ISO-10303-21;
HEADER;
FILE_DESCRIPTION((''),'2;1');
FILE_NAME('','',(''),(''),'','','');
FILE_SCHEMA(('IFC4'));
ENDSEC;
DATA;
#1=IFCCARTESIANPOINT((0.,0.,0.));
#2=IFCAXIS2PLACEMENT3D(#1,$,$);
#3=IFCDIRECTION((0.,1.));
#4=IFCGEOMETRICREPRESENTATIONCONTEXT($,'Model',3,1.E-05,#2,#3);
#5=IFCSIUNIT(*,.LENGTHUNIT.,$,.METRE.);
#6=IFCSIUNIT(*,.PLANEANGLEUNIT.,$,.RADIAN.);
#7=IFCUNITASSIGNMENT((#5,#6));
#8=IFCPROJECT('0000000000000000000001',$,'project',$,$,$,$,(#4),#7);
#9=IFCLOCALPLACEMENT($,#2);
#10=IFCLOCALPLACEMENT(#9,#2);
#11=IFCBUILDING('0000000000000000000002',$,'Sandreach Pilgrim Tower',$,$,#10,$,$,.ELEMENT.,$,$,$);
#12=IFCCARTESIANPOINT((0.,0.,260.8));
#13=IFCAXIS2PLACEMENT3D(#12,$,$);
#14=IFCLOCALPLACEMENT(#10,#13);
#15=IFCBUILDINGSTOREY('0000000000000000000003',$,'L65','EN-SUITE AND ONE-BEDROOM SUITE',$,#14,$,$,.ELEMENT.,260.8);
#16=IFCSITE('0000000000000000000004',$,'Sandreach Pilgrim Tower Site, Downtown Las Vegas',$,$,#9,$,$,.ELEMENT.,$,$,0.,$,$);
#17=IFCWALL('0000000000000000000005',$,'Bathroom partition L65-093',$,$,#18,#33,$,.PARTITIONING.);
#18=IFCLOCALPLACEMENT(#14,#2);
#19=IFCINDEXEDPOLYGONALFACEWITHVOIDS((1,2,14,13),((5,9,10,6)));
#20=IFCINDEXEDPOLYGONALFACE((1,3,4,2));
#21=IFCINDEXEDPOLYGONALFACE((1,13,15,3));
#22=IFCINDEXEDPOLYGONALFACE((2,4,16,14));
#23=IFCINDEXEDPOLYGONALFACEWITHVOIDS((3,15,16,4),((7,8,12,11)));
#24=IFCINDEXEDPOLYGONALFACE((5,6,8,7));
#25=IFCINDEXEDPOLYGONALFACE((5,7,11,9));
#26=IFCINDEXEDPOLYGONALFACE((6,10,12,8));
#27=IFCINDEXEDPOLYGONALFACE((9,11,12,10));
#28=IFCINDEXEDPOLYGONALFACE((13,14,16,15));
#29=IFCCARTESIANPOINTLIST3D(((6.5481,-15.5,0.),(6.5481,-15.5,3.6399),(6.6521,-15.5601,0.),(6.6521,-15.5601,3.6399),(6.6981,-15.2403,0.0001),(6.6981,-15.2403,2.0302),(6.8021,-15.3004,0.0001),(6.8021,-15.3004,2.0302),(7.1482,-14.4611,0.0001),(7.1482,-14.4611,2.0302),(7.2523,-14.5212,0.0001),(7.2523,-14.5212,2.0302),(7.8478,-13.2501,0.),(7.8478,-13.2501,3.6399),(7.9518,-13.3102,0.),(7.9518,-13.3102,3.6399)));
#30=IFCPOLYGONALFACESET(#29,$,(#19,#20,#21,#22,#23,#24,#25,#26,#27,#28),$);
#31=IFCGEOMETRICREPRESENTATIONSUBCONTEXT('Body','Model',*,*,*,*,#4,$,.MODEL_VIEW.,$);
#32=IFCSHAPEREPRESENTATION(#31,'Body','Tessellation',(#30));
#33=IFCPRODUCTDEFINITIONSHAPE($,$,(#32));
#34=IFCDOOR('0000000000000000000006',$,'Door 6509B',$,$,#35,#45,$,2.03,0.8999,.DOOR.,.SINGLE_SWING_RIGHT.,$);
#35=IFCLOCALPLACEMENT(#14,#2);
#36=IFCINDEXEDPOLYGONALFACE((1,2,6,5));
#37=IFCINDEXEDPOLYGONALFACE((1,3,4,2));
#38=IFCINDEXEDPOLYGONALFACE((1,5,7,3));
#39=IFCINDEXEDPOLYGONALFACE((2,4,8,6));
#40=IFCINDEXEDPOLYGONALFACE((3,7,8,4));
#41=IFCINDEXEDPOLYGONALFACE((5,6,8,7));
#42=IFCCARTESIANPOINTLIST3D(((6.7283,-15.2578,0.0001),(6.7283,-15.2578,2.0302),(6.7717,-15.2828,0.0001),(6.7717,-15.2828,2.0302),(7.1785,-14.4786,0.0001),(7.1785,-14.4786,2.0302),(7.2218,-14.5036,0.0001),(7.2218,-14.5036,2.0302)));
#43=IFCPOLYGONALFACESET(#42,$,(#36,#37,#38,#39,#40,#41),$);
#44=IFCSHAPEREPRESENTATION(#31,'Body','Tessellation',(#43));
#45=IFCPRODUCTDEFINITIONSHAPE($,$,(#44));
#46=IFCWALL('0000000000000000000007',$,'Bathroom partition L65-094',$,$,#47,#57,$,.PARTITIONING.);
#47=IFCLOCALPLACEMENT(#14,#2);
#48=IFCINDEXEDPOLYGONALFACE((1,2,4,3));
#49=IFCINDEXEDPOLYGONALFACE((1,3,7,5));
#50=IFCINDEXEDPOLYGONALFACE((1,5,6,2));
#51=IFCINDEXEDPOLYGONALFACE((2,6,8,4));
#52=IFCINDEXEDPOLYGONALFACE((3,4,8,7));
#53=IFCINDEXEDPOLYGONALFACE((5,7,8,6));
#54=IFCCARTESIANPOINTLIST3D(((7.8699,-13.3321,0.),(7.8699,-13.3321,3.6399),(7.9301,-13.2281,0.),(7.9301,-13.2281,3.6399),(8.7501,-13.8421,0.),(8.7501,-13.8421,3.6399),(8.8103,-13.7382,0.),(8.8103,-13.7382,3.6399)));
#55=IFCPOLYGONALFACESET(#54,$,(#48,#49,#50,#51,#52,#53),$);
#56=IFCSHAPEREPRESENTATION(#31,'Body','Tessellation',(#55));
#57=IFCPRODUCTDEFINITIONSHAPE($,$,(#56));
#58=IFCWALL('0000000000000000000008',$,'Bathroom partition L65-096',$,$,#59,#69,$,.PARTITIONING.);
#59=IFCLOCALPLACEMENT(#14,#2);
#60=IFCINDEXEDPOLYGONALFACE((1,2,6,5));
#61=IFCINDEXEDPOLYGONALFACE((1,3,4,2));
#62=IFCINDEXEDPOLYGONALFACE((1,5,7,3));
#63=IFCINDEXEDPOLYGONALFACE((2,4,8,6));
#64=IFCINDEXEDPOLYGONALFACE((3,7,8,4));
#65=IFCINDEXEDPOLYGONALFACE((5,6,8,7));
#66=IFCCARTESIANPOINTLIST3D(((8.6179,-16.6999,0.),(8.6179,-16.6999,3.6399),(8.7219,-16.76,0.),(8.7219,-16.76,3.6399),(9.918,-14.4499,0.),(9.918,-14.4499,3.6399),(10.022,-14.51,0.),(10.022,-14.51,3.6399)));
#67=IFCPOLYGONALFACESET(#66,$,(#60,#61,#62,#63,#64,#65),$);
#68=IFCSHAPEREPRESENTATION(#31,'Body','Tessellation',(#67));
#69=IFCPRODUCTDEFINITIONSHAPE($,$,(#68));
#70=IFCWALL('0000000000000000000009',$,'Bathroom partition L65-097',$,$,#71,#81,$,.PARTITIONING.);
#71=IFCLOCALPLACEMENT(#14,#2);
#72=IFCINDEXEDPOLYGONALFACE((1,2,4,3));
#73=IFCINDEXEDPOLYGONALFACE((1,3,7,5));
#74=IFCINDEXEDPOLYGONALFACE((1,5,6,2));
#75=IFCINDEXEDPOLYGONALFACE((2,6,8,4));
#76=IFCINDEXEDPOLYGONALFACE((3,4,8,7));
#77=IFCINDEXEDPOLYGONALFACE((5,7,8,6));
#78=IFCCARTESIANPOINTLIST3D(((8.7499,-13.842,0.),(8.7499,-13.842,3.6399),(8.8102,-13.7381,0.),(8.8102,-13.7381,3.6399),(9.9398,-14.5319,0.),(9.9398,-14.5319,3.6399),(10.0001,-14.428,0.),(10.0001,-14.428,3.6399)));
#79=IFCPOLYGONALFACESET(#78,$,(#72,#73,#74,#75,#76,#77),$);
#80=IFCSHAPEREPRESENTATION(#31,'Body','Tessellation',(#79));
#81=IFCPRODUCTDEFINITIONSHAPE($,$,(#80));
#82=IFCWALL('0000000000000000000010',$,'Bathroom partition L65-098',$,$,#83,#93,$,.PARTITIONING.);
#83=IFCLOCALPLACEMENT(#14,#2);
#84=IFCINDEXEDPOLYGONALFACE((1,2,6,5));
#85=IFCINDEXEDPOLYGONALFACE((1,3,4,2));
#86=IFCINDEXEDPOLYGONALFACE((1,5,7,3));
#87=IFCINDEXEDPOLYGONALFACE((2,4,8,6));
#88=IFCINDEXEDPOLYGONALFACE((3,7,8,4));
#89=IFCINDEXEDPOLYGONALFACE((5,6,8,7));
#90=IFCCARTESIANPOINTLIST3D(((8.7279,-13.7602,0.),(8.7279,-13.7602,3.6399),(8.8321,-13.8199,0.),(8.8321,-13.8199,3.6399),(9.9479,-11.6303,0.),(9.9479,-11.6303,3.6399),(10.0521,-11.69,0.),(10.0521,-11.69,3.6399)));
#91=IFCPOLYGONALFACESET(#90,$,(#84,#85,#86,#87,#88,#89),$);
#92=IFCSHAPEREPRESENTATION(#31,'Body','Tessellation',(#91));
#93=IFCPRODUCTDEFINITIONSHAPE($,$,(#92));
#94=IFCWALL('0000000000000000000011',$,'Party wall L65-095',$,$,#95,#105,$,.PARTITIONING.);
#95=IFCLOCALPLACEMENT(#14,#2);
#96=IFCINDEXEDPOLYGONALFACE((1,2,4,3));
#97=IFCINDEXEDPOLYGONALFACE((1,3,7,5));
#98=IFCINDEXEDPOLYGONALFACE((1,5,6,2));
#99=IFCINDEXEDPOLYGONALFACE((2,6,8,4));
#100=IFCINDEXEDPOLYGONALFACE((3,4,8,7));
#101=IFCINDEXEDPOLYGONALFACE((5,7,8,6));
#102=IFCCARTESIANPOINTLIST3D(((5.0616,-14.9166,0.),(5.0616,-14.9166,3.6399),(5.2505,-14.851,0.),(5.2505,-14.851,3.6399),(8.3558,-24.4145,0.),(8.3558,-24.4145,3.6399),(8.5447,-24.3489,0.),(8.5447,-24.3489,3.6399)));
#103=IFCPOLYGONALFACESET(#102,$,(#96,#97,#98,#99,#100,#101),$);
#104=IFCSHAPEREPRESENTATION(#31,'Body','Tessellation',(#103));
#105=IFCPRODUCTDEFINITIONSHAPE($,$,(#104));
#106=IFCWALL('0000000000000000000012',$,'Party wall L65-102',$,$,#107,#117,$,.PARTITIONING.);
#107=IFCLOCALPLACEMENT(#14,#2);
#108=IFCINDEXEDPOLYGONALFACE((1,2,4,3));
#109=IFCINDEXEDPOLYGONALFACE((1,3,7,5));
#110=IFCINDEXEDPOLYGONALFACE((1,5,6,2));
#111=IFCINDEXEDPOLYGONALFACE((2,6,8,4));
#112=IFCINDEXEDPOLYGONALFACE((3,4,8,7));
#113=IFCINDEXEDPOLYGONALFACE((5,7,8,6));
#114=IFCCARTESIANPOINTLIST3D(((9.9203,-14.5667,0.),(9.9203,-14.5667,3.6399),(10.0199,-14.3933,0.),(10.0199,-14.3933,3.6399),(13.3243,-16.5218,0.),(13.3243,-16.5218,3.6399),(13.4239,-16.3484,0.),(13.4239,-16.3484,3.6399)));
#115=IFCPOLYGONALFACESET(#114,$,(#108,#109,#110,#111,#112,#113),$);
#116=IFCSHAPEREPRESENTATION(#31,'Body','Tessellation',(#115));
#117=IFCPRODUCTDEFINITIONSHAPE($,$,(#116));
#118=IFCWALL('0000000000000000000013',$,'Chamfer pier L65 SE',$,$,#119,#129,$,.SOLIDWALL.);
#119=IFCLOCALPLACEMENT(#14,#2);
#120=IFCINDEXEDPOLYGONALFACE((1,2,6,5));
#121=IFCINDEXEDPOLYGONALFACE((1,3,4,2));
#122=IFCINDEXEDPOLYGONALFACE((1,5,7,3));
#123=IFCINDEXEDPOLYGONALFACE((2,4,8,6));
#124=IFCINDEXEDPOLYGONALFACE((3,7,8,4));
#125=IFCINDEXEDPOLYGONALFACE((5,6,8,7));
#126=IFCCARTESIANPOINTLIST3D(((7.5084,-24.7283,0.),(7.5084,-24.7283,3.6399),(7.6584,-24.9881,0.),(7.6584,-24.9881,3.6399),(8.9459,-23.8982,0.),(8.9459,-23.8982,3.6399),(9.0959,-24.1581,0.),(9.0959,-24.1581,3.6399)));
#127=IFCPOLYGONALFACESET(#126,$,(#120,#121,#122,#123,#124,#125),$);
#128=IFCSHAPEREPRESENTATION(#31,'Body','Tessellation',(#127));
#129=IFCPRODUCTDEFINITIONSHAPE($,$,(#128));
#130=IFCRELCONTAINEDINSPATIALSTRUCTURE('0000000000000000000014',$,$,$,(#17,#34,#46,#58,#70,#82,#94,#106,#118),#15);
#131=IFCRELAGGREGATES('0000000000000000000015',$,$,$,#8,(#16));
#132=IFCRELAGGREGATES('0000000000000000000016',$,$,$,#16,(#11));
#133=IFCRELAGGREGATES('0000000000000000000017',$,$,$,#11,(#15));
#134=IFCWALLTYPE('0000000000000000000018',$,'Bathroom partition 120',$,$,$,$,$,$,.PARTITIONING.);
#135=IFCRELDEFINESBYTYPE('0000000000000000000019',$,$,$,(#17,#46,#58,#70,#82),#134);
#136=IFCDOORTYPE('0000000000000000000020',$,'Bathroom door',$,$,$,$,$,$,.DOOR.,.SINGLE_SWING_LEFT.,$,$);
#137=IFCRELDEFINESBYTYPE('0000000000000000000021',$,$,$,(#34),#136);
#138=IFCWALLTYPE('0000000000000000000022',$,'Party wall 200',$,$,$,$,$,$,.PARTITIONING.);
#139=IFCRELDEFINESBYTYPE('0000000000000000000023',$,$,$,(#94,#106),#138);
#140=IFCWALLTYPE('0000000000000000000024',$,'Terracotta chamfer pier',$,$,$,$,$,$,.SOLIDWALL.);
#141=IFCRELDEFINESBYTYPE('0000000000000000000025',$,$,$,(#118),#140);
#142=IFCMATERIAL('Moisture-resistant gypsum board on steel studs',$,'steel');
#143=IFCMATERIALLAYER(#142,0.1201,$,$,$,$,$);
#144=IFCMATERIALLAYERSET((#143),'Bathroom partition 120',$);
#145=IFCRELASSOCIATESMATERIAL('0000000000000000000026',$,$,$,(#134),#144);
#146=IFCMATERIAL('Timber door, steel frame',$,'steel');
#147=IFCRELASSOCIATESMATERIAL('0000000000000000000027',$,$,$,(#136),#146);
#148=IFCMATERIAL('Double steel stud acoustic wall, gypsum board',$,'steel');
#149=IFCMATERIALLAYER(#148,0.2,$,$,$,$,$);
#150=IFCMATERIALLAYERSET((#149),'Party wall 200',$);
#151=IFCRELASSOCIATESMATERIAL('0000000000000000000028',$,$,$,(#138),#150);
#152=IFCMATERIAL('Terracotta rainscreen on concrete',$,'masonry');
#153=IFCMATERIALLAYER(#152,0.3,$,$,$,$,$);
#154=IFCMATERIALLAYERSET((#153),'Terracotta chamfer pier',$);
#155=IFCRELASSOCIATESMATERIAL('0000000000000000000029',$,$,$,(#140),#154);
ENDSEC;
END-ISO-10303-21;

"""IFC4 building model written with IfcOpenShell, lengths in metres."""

from ifc_helpers import new_model, si_unit, direction, frame, frame_2d, origin, place, context, subcontext, project, spatial, rectangle, extrude, material, layer, layer_set, type_object, element, fill, save


model = new_model("IFC4")

# Units and contexts
model_context = context("Model", 3, precision=1e-05, world=origin(), true_north=direction((0.0, 1.0)))
body_context = subcontext(model_context, "Body", "Model", "MODEL_VIEW")
ifc_project = project(units=[si_unit("LENGTHUNIT", "METRE"), si_unit("PLANEANGLEUNIT", "RADIAN")], contexts=[model_context])

# Site, building, storey
site_placement = place(None, origin())
site = spatial("IfcSite", under=ifc_project, at=site_placement, Name="Sandreach Pilgrim Tower Site, Downtown Las Vegas", CompositionType="ELEMENT", RefElevation=0.0)
building_placement = place(site_placement, origin())
building = spatial("IfcBuilding", under=site, at=building_placement, Name="Sandreach Pilgrim Tower", CompositionType="ELEMENT")
storey_placement = place(building_placement, frame((0.0, 0.0, 260.8)))
storey = spatial("IfcBuildingStorey", under=building, at=storey_placement, Name="L65", Description="EN-SUITE AND ONE-BEDROOM SUITE", CompositionType="ELEMENT", Elevation=260.8)

# Wall, opening, door
ifc_material_1 = material(Name="Moisture-resistant gypsum board on steel studs", Category="steel")
ifc_layer_1 = layer(ifc_material_1, 0.1201)
ifc_layer_set_1 = layer_set([ifc_layer_1], Name="Bathroom partition 120")
wall_type_1 = type_object("IfcWallType", Name="Bathroom partition 120", PredefinedType="PARTITIONING", material=ifc_layer_set_1)
wall_1_placement = place(storey_placement, frame((7.8999, -13.28, 0.0), z_axis=(0.0, 0.0, 1.0), x_axis=(-0.500221, -0.865898, 0.0)))
wall_1 = element("IfcWall", 1, at=wall_1_placement, inside=storey, type_object=wall_type_1, Name="Bathroom partition L65-093", PredefinedType="PARTITIONING", context=body_context, shape_type="SweptSolid", body=[
    extrude(rectangle(XDim=2.5984, YDim=0.1201, at=frame_2d((1.2993, 0.0))), origin(), (0.0, 0.0, 1.0), 3.6399),
])
opening_placement = place(wall_1_placement, frame((1.3987, 0.0, 0.0)))
opening = element("IfcOpeningElement", 2, at=opening_placement, cuts=wall_1, PredefinedType="OPENING", context=body_context, shape_type="SweptSolid", body=[
    extrude(rectangle(XDim=0.8999, YDim=2.03, at=frame_2d((0.45, 1.0151))), frame((0.0, 0.0601, 0.0), z_axis=(0.0, -1.0, 0.0), x_axis=(1.0, 0.0, 0.0)), (0.0, 0.0, 1.0), 0.1201),
])
ifc_material_2 = material(Name="Timber door, steel frame", Category="steel")
door_type = type_object("IfcDoorType", Name="Bathroom door", OperationType="SINGLE_SWING_LEFT", PredefinedType="DOOR", material=ifc_material_2)
door_placement = place(opening_placement, origin())
door = element("IfcDoor", 3, at=door_placement, inside=storey, type_object=door_type, Name="Door 6509B", OperationType="SINGLE_SWING_RIGHT", OverallHeight=2.03, OverallWidth=0.8999, PredefinedType="DOOR", context=body_context, shape_type="SweptSolid", body=[
    extrude(rectangle(XDim=0.8999, YDim=2.03, at=frame_2d((0.45, 1.0151))), frame((0.0, 0.0249, 0.0), z_axis=(0.0, -1.0, 0.0), x_axis=(1.0, 0.0, 0.0)), (0.0, 0.0, 1.0), 0.05),
])
fill(opening, door)

# Walls
wall_2_placement = place(storey_placement, frame((7.8999, -13.28, 0.0), z_axis=(0.0, 0.0, 1.0), x_axis=(0.865229, -0.501377, 0.0)))
element("IfcWall", 4, at=wall_2_placement, inside=storey, type_object=wall_type_1, Name="Bathroom partition L65-094", PredefinedType="PARTITIONING", context=body_context, shape_type="SweptSolid", body=[
    extrude(rectangle(XDim=1.0173, YDim=0.1201, at=frame_2d((0.5088, 0.0))), origin(), (0.0, 0.0, 1.0), 3.6399),
])
wall_3_placement = place(storey_placement, frame((8.6699, -16.73, 0.0), z_axis=(0.0, 0.0, 1.0), x_axis=(0.500292, 0.865857, 0.0)))
element("IfcWall", 5, at=wall_3_placement, inside=storey, type_object=wall_type_1, Name="Bathroom partition L65-096", PredefinedType="PARTITIONING", context=body_context, shape_type="SweptSolid", body=[
    extrude(rectangle(XDim=2.5986, YDim=0.1201, at=frame_2d((1.2993, 0.0))), origin(), (0.0, 0.0, 1.0), 3.6399),
])
wall_4_placement = place(storey_placement, frame((8.78, -13.79, 0.0), z_axis=(0.0, 0.0, 1.0), x_axis=(0.865102, -0.501596, 0.0)))
element("IfcWall", 6, at=wall_4_placement, inside=storey, type_object=wall_type_1, Name="Bathroom partition L65-097", PredefinedType="PARTITIONING", context=body_context, shape_type="SweptSolid", body=[
    extrude(rectangle(XDim=1.3755, YDim=0.1201, at=frame_2d((0.6877, 0.0))), origin(), (0.0, 0.0, 1.0), 3.6399),
])
wall_5_placement = place(storey_placement, frame((8.78, -13.79, 0.0), z_axis=(0.0, 0.0, 1.0), x_axis=(0.497028, 0.867735, 0.0)))
element("IfcWall", 7, at=wall_5_placement, inside=storey, type_object=wall_type_1, Name="Bathroom partition L65-098", PredefinedType="PARTITIONING", context=body_context, shape_type="SweptSolid", body=[
    extrude(rectangle(XDim=2.4546, YDim=0.1201, at=frame_2d((1.2273, 0.0))), origin(), (0.0, 0.0, 1.0), 3.6399),
])
ifc_material_3 = material(Name="Double steel stud acoustic wall, gypsum board", Category="steel")
ifc_layer_2 = layer(ifc_material_3, 0.2)
ifc_layer_set_2 = layer_set([ifc_layer_2], Name="Party wall 200")
wall_type_2 = type_object("IfcWallType", Name="Party wall 200", PredefinedType="PARTITIONING", material=ifc_layer_set_2)
wall_6_placement = place(storey_placement, frame((8.4502, -24.3816, 0.0), z_axis=(0.0, 0.0, 1.0), x_axis=(-0.327687, 0.944786, 0.0)))
element("IfcWall", 8, at=wall_6_placement, inside=storey, type_object=wall_type_2, Name="Party wall L65-095", PredefinedType="PARTITIONING", context=body_context, shape_type="SweptSolid", body=[
    extrude(rectangle(XDim=10.053, YDim=0.2, at=frame_2d((5.0264, 0.0))), origin(), (0.0, 0.0, 1.0), 3.6399),
])
wall_7_placement = place(storey_placement, frame((9.97, -14.48, 0.0), z_axis=(0.0, 0.0, 1.0), x_axis=(0.867154, -0.49804, 0.0)))
element("IfcWall", 9, at=wall_7_placement, inside=storey, type_object=wall_type_2, Name="Party wall L65-102", PredefinedType="PARTITIONING", context=body_context, shape_type="SweptSolid", body=[
    extrude(rectangle(XDim=3.9255, YDim=0.2, at=frame_2d((1.9629, 0.0))), origin(), (0.0, 0.0, 1.0), 3.6399),
])
ifc_material_4 = material(Name="Terracotta rainscreen on concrete", Category="masonry")
ifc_layer_3 = layer(ifc_material_4, 0.3)
ifc_layer_set_3 = layer_set([ifc_layer_3], Name="Terracotta chamfer pier")
wall_type_3 = type_object("IfcWallType", Name="Terracotta chamfer pier", PredefinedType="SOLIDWALL", material=ifc_layer_set_3)
wall_8_placement = place(storey_placement, frame((9.021, -24.0281, 0.0), z_axis=(0.0, 0.0, 1.0), x_axis=(-0.86599, -0.500062, 0.0)))
element("IfcWall", 10, at=wall_8_placement, inside=storey, type_object=wall_type_3, Name="Chamfer pier L65 SE", PredefinedType="SOLIDWALL", context=body_context, shape_type="SweptSolid", body=[
    extrude(rectangle(XDim=1.6599, YDim=0.3, at=frame_2d((0.8301, 0.0))), origin(), (0.0, 0.0, 1.0), 3.6399),
])

save(model, "model.ifc")
